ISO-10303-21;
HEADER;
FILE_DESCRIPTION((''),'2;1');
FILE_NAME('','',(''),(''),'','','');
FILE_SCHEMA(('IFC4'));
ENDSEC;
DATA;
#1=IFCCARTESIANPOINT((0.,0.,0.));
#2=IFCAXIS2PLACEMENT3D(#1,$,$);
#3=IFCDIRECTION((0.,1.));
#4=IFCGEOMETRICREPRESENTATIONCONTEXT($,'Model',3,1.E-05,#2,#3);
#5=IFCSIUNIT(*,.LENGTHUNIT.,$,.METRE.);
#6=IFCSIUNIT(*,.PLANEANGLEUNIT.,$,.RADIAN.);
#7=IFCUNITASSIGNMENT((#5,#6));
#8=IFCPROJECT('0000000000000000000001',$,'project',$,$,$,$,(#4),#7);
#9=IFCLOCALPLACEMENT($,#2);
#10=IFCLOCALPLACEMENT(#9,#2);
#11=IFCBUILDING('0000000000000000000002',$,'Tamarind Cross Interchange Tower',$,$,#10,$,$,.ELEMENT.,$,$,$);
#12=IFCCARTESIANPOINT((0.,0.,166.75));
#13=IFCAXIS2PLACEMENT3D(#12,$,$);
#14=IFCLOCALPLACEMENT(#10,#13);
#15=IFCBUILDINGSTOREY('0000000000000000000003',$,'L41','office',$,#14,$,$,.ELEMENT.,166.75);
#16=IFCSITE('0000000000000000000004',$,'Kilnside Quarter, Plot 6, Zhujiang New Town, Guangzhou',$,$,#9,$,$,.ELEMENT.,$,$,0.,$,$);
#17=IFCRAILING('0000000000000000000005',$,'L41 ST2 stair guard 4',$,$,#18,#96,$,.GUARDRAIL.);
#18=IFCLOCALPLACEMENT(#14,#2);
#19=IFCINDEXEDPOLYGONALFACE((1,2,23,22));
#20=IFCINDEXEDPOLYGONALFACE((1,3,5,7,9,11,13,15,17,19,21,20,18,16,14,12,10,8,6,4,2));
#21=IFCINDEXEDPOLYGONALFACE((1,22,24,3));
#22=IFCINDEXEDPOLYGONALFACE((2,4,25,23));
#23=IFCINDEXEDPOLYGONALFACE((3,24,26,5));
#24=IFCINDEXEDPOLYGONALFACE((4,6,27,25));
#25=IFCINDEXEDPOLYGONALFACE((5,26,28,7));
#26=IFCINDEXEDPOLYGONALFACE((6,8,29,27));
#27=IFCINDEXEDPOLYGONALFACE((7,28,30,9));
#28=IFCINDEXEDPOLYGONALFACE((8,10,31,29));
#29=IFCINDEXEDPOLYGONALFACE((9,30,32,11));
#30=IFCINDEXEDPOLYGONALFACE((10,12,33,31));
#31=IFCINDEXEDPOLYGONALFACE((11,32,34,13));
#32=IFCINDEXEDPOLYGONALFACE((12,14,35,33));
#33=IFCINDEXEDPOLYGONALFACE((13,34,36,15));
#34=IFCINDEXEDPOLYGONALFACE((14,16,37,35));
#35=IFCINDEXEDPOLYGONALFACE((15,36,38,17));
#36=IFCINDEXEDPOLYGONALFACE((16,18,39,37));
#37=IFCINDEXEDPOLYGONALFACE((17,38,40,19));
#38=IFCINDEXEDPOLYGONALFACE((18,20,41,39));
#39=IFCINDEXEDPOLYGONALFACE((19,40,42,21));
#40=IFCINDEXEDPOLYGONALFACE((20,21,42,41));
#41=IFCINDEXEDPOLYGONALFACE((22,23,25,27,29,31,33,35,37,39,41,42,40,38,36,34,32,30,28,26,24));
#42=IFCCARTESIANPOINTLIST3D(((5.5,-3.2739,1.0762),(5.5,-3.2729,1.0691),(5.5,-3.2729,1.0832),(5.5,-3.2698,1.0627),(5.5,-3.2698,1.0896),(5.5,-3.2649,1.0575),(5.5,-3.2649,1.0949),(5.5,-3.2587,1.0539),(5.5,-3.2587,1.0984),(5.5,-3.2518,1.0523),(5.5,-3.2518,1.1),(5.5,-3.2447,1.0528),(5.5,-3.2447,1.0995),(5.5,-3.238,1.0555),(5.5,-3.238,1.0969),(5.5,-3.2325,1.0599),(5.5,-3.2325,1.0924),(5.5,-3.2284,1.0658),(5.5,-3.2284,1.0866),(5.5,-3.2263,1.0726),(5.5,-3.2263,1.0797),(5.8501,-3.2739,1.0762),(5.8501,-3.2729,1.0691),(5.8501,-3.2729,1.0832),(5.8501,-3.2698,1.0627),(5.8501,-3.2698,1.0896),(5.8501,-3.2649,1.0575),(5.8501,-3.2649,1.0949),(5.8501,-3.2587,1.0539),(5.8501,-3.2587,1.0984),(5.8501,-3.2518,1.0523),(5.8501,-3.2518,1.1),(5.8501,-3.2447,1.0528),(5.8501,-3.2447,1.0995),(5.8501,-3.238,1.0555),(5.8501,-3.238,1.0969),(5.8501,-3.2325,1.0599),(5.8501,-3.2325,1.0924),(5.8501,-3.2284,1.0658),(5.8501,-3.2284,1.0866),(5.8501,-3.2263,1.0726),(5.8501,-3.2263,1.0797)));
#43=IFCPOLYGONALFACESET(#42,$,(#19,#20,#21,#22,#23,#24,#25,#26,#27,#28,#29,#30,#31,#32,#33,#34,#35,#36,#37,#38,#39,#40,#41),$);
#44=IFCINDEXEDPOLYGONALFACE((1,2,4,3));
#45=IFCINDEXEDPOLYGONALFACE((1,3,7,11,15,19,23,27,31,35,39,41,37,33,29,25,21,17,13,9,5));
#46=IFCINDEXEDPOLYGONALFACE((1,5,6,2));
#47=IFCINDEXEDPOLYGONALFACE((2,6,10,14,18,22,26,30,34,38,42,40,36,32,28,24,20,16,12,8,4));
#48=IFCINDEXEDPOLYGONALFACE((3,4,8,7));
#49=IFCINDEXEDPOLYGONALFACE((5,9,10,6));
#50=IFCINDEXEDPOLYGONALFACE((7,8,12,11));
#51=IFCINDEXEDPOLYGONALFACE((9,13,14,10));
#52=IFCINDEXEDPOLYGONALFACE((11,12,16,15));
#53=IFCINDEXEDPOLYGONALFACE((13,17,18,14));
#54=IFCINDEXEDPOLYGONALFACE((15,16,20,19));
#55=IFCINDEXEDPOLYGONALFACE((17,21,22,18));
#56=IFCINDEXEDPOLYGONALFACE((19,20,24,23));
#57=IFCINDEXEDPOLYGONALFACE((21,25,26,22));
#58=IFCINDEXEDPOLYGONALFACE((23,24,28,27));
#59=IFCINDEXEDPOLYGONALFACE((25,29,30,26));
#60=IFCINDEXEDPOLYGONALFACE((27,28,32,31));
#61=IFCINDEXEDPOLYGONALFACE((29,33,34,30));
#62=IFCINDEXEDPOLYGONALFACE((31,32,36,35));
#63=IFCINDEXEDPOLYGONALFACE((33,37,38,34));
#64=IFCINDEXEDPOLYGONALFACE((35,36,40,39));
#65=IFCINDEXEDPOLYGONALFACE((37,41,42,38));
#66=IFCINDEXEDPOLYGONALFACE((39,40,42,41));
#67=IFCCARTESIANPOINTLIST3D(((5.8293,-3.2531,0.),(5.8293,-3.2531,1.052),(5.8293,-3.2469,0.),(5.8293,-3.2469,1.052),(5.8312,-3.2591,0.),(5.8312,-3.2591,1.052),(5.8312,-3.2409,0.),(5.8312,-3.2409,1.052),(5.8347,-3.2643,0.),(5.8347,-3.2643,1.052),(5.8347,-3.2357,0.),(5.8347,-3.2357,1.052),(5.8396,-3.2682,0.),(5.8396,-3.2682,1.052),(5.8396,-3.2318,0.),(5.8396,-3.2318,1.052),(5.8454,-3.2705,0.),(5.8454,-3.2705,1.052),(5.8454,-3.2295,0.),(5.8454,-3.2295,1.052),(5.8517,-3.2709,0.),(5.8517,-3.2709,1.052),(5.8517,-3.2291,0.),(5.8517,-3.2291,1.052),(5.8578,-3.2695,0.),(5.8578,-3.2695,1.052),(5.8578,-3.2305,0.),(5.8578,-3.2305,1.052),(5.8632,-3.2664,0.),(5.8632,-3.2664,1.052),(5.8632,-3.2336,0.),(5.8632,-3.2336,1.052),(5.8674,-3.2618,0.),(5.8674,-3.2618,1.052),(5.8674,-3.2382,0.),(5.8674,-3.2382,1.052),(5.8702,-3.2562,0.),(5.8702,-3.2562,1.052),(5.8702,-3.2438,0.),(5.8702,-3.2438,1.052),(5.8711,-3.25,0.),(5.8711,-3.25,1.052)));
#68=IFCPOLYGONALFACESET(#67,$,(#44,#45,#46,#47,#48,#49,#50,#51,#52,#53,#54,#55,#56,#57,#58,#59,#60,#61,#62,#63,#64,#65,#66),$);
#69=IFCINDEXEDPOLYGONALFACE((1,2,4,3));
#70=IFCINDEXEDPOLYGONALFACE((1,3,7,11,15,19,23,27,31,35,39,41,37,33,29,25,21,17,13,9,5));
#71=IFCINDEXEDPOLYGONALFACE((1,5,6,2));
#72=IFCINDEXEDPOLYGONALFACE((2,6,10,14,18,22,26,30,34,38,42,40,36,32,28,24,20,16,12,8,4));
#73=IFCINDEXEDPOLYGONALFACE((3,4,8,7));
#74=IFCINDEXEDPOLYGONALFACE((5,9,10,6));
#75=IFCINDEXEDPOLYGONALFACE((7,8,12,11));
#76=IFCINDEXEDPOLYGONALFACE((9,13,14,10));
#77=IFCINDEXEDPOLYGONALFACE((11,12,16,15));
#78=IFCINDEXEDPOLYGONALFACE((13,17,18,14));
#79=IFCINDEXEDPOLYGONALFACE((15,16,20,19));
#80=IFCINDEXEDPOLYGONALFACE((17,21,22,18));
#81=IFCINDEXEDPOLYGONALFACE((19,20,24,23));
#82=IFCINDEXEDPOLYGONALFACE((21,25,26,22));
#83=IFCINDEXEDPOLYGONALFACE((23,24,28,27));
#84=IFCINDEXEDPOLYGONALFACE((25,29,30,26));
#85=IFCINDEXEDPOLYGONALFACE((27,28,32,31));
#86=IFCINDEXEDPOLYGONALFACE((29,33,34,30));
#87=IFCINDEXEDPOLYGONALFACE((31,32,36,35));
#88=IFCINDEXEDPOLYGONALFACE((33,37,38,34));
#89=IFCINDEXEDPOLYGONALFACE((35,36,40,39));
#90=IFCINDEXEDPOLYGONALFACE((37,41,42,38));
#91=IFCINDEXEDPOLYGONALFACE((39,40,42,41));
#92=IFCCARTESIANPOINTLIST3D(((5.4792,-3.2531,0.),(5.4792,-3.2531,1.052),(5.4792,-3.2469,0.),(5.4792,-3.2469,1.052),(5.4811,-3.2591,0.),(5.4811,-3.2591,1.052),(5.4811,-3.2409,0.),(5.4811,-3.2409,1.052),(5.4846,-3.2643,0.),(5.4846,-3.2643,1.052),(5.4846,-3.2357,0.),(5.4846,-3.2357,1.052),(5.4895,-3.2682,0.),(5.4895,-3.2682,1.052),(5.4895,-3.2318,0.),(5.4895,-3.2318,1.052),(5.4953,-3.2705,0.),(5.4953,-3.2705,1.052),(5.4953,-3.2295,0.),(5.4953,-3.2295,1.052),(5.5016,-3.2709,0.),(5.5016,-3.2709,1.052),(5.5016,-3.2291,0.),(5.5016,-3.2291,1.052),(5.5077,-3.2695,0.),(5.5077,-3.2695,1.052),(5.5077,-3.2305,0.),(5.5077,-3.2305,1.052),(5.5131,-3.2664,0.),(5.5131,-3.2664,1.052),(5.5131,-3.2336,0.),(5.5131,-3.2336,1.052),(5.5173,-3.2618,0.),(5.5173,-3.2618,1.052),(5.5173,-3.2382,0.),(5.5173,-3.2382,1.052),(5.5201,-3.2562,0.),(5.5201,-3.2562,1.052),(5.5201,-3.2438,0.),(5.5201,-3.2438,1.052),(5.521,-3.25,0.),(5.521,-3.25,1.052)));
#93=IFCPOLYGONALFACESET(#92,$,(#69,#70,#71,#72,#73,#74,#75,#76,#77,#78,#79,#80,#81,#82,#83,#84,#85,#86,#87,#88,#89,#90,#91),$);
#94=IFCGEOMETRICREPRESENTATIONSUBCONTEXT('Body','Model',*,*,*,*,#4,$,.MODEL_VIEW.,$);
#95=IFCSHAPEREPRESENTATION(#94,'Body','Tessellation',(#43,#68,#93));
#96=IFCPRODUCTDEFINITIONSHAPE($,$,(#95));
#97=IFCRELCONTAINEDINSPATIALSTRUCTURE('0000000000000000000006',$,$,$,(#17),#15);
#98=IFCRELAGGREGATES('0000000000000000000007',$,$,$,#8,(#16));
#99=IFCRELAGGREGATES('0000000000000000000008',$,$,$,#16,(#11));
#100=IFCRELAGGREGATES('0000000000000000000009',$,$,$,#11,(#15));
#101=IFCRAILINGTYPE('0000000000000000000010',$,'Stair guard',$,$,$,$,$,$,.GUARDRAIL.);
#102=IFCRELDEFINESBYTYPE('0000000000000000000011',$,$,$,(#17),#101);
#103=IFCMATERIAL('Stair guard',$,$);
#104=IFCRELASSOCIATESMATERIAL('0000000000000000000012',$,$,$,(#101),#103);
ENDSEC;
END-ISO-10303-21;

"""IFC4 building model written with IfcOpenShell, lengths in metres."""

from ifc_helpers import new_model, si_unit, direction, frame, origin, origin_2d, place, context, subcontext, project, spatial, circle, extrude, material, type_object, element, save


model = new_model("IFC4")

# Units and contexts
model_context = context("Model", 3, precision=1e-05, world=origin(), true_north=direction((0.0, 1.0)))
body_context = subcontext(model_context, "Body", "Model", "MODEL_VIEW")
ifc_project = project(units=[si_unit("LENGTHUNIT", "METRE"), si_unit("PLANEANGLEUNIT", "RADIAN")], contexts=[model_context])

# Site, building, storey
site_placement = place(None, origin())
site = spatial("IfcSite", under=ifc_project, at=site_placement, Name="Kilnside Quarter, Plot 6, Zhujiang New Town, Guangzhou", CompositionType="ELEMENT", RefElevation=0.0)
building_placement = place(site_placement, origin())
building = spatial("IfcBuilding", under=site, at=building_placement, Name="Tamarind Cross Interchange Tower", CompositionType="ELEMENT")
storey_placement = place(building_placement, frame((0.0, 0.0, 166.75)))
storey = spatial("IfcBuildingStorey", under=building, at=storey_placement, Name="L41", Description="office", CompositionType="ELEMENT", Elevation=166.75)

# Railing
ifc_material_1 = material(Name="Stair guard")
railing_type_1 = type_object("IfcRailingType", Name="Stair guard", PredefinedType="GUARDRAIL", material=ifc_material_1)
railing_1_placement = place(storey_placement, frame((5.8501, -3.25, 0.0)))
element("IfcRailing", 1, at=railing_1_placement, inside=storey, type_object=railing_type_1, Name="L41 ST2 stair guard 4", PredefinedType="GUARDRAIL", context=body_context, shape_type="SweptSolid", body=[
    extrude(circle(Radius=0.0239, at=origin_2d()), frame((0.0, 0.0, 1.0762), z_axis=(-1.0, 0.0, 0.0), x_axis=(0.0, -1.0, 0.0)), (0.0, 0.0, 1.0), 0.3501),
    extrude(circle(Radius=0.021, at=origin_2d()), origin(), (0.0, 0.0, 1.0), 1.052),
    extrude(circle(Radius=0.021, at=origin_2d()), frame((-0.3501, 0.0, 0.0)), (0.0, 0.0, 1.0), 1.052),
])

save(model, "model.ifc")
